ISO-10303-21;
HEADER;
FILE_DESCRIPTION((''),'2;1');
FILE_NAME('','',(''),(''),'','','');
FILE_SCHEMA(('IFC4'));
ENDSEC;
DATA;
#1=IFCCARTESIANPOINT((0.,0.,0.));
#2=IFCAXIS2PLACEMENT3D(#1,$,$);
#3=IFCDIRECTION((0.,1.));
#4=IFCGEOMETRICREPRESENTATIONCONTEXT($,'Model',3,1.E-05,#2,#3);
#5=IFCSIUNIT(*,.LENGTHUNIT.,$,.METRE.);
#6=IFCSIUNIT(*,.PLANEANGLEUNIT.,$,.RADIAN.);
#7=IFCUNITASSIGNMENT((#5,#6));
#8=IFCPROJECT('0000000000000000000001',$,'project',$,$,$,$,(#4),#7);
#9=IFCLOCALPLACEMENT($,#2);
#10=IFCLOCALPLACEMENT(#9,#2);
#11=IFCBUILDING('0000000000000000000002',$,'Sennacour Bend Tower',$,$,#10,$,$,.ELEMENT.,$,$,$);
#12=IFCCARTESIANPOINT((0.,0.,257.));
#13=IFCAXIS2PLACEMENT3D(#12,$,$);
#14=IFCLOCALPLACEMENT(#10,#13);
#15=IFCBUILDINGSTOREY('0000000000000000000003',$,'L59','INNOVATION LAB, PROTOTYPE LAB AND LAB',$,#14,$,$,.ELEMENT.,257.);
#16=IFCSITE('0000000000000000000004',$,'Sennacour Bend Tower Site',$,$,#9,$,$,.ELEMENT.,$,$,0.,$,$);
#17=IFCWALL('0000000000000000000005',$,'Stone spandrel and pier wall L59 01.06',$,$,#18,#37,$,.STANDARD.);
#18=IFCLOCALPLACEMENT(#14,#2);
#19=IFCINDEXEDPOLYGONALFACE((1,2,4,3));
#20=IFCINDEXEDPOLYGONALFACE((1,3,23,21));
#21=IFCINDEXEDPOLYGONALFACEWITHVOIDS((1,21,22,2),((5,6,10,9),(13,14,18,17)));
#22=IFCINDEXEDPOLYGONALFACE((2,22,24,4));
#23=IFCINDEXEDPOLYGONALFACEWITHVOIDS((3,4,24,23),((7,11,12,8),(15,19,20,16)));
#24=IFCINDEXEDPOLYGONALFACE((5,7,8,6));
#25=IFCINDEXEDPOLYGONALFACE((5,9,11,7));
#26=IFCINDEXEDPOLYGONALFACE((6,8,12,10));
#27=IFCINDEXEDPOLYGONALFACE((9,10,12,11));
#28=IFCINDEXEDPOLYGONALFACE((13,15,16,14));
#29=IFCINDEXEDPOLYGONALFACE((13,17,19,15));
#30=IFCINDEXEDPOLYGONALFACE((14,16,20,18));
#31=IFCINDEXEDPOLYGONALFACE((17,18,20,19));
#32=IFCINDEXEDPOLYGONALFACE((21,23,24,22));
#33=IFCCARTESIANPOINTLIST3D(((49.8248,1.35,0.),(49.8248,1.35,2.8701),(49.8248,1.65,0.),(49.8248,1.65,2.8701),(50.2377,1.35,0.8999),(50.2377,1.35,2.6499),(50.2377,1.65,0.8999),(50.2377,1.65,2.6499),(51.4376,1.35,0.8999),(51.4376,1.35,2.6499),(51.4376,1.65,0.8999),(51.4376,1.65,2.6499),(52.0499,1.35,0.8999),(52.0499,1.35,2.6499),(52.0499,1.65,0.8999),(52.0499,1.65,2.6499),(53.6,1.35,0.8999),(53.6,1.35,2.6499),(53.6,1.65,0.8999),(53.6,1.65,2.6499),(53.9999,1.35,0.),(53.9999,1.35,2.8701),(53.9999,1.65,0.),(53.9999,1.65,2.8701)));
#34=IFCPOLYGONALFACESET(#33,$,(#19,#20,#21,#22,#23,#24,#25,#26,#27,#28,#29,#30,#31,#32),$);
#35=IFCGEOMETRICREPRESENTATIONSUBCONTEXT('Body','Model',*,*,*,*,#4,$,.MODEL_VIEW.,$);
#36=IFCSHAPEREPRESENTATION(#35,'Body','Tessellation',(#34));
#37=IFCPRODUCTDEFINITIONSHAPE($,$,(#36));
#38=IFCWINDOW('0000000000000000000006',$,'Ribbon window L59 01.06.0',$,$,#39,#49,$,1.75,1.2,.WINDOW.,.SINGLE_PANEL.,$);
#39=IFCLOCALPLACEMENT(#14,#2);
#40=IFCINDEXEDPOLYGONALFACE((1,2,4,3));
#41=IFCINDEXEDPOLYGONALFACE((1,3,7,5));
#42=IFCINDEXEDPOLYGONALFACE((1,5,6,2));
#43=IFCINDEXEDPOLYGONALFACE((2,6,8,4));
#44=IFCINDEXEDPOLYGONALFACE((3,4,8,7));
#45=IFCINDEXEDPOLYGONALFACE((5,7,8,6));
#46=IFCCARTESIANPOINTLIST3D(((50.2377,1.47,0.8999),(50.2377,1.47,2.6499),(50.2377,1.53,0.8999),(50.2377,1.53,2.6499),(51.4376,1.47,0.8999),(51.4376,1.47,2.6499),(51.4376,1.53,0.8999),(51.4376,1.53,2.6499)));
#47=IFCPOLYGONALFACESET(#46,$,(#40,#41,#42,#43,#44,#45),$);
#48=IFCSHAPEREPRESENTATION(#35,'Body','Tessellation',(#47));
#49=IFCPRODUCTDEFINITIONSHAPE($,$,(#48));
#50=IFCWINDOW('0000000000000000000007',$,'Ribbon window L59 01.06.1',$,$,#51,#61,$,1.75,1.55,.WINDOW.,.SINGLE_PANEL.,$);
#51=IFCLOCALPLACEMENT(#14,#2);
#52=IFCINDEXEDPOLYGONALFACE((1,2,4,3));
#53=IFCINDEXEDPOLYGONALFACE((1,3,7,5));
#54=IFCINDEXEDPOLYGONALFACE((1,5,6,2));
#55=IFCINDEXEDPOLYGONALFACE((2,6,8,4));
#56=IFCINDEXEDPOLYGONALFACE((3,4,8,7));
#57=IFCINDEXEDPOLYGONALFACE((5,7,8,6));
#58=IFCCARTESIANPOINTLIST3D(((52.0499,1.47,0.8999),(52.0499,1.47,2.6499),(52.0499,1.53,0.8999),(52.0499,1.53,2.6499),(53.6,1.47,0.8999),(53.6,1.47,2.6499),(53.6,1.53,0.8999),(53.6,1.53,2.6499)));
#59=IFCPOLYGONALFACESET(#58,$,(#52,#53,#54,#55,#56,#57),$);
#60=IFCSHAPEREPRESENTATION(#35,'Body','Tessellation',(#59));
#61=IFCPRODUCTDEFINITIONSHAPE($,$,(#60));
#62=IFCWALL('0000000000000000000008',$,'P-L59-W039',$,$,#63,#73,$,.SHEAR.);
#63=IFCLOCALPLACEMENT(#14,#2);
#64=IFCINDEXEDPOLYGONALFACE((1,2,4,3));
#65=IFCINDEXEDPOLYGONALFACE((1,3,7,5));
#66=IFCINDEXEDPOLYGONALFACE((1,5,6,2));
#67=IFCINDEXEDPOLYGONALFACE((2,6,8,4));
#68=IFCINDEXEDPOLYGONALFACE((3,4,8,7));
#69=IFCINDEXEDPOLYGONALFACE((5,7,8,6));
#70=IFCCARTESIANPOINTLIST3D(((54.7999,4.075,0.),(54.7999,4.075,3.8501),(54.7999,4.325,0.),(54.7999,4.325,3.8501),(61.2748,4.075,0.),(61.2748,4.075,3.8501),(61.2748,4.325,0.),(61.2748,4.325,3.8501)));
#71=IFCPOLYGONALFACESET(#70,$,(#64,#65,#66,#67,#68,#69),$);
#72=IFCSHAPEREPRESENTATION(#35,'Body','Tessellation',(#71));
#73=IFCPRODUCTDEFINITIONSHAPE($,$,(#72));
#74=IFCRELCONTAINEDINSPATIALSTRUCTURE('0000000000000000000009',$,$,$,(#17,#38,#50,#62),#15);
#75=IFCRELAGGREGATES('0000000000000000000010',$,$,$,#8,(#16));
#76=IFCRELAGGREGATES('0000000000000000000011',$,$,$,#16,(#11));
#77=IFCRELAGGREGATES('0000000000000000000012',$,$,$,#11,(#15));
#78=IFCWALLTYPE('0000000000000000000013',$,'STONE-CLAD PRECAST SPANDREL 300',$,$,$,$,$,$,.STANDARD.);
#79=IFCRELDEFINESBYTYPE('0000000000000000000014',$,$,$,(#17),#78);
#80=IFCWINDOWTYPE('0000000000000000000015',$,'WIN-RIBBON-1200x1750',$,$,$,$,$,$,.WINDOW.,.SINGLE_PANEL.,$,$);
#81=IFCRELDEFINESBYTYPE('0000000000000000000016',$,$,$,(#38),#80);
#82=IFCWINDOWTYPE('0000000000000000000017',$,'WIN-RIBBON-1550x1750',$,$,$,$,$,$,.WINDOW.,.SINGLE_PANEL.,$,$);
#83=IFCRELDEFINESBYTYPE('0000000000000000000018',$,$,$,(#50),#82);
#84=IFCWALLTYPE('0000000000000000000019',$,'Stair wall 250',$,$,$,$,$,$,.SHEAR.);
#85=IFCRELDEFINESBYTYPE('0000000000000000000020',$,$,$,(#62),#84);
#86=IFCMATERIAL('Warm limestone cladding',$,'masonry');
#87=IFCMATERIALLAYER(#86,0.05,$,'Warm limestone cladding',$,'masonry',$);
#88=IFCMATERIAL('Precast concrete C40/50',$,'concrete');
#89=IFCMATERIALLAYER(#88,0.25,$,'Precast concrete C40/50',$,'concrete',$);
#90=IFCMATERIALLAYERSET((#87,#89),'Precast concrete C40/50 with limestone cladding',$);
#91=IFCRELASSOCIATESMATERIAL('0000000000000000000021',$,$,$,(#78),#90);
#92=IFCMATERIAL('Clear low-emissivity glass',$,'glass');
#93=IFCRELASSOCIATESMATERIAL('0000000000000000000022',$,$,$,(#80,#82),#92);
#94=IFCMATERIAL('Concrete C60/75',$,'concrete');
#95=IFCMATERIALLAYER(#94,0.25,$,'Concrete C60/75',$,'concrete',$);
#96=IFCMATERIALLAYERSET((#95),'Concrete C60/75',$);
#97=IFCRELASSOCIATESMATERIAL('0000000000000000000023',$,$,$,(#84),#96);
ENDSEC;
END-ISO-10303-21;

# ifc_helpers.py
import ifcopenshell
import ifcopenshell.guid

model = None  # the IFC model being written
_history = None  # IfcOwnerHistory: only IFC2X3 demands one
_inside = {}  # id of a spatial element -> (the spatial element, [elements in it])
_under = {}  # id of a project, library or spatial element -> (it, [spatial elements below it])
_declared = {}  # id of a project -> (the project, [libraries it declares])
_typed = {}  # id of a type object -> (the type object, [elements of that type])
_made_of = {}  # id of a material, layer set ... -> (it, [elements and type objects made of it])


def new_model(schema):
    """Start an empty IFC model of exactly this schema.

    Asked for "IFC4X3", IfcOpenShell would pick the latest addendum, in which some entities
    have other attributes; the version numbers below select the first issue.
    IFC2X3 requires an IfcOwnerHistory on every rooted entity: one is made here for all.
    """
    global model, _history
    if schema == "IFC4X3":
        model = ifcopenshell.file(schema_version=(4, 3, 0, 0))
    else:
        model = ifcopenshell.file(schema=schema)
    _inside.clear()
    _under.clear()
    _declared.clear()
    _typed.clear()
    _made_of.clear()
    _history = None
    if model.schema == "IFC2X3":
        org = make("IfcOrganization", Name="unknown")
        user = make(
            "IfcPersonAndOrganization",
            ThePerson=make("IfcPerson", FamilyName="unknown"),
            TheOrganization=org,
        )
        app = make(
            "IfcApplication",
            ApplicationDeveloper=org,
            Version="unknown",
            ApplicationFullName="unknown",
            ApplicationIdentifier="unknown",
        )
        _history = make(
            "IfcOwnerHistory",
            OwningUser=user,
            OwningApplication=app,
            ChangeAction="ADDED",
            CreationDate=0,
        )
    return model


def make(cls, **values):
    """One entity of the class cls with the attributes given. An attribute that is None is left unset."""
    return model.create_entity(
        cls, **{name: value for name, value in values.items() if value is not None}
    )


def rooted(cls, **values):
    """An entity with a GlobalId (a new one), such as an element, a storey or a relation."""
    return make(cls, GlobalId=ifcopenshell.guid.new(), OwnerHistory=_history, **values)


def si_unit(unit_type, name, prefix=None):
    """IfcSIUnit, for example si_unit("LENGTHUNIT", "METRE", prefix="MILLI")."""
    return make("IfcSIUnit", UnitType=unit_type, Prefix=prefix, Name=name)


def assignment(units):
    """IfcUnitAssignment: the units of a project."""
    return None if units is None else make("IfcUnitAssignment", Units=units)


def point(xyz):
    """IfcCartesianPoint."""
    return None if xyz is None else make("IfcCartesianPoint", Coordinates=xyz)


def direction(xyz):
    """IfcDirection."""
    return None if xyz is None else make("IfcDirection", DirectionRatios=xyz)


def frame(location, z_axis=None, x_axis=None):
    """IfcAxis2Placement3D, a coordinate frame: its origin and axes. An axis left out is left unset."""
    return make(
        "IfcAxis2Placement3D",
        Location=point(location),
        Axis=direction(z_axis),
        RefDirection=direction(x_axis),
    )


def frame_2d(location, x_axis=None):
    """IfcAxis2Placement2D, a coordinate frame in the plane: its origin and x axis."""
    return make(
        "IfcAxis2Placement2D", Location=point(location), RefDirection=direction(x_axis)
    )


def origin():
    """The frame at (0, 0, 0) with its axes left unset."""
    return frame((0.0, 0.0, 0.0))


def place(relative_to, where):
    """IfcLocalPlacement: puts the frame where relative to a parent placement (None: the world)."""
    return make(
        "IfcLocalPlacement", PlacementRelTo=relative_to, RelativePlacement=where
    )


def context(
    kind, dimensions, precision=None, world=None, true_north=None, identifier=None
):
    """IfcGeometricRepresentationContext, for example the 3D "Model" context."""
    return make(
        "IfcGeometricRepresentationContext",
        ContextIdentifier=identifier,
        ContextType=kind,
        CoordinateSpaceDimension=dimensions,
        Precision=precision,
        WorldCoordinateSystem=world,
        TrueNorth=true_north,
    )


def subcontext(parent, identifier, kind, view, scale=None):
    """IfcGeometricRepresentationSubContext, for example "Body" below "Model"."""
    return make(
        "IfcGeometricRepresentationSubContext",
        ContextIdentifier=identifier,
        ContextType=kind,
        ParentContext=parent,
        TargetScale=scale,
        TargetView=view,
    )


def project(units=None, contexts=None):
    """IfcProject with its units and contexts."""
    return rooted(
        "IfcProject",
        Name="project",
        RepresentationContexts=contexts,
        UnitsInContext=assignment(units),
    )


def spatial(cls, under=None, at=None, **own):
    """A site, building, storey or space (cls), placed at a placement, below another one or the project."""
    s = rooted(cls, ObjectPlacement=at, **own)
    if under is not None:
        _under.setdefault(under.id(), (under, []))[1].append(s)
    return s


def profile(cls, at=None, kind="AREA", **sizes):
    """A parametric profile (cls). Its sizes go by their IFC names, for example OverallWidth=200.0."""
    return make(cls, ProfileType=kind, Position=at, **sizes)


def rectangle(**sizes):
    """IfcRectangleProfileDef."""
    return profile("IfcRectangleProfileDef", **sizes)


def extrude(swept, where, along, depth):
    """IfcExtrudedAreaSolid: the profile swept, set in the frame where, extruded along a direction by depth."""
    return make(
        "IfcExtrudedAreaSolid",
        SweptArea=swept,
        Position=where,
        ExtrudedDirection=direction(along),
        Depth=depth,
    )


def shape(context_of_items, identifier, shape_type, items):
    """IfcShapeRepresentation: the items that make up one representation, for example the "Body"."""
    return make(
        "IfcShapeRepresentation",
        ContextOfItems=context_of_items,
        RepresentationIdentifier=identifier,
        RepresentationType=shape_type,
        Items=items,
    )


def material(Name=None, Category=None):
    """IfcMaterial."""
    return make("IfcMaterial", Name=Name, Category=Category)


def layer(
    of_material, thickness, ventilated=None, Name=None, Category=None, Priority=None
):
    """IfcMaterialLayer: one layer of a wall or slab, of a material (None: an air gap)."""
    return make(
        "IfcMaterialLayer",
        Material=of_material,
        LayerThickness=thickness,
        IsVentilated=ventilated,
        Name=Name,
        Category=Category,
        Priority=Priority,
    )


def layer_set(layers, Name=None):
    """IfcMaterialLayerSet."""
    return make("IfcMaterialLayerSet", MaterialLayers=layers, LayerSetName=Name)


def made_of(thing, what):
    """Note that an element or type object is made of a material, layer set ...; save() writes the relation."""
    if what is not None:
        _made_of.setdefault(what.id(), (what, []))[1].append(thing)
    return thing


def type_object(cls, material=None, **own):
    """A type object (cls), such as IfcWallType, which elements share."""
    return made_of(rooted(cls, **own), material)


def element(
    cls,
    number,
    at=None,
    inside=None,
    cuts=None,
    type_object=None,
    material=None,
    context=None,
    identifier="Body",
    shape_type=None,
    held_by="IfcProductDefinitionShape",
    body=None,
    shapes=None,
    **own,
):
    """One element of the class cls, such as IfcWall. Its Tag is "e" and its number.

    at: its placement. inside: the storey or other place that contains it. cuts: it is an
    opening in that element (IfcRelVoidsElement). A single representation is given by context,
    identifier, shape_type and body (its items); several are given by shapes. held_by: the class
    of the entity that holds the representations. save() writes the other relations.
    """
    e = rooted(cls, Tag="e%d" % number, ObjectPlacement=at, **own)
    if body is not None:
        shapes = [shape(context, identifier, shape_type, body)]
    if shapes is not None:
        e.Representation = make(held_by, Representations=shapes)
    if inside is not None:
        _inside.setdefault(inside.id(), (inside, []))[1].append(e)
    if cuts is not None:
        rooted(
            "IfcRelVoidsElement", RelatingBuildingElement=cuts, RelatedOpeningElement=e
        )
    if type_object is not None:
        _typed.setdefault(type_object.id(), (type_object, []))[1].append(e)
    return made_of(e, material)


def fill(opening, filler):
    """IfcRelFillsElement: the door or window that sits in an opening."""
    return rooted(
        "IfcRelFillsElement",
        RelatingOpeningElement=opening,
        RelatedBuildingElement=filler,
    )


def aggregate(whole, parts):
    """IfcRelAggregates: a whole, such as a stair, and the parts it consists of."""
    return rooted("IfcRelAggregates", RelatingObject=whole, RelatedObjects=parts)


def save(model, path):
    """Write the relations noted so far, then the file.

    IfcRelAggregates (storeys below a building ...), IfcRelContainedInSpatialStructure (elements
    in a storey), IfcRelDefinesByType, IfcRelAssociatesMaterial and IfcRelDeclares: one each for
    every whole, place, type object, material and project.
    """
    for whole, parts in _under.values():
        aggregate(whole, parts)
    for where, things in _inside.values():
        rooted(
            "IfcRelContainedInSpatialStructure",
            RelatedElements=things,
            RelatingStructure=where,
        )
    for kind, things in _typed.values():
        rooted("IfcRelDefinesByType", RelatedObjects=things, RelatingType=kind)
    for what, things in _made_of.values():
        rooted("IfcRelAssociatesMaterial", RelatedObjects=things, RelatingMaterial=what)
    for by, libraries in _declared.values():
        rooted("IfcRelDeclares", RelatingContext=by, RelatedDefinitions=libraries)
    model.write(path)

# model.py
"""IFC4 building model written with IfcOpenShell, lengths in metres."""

from ifc_helpers import new_model, si_unit, direction, frame, frame_2d, origin, place, context, subcontext, project, spatial, rectangle, extrude, material, layer, layer_set, type_object, element, fill, save


model = new_model("IFC4")

# Units and contexts
model_context = context("Model", 3, precision=1e-05, world=origin(), true_north=direction((0.0, 1.0)))
body_context = subcontext(model_context, "Body", "Model", "MODEL_VIEW")
ifc_project = project(units=[si_unit("LENGTHUNIT", "METRE"), si_unit("PLANEANGLEUNIT", "RADIAN")], contexts=[model_context])

# Site, building, storey
site_placement = place(None, origin())
site = spatial("IfcSite", under=ifc_project, at=site_placement, Name="Sennacour Bend Tower Site", CompositionType="ELEMENT", RefElevation=0.0)
building_placement = place(site_placement, origin())
building = spatial("IfcBuilding", under=site, at=building_placement, Name="Sennacour Bend Tower", CompositionType="ELEMENT")
storey_placement = place(building_placement, frame((0.0, 0.0, 257.0)))
storey = spatial("IfcBuildingStorey", under=building, at=storey_placement, Name="L59", Description="INNOVATION LAB, PROTOTYPE LAB AND LAB", CompositionType="ELEMENT", Elevation=257.0)

# Wall, openings, windows
ifc_material_1 = material(Name="Warm limestone cladding", Category="masonry")
ifc_layer_1 = layer(ifc_material_1, 0.05, Name="Warm limestone cladding", Category="masonry")
ifc_material_2 = material(Name="Precast concrete C40/50", Category="concrete")
ifc_layer_2 = layer(ifc_material_2, 0.25, Name="Precast concrete C40/50", Category="concrete")
ifc_layer_set_1 = layer_set([ifc_layer_1, ifc_layer_2], Name="Precast concrete C40/50 with limestone cladding")
wall_type_1 = type_object("IfcWallType", Name="STONE-CLAD PRECAST SPANDREL 300", PredefinedType="STANDARD", material=ifc_layer_set_1)
ifc_material_3 = material(Name="Clear low-emissivity glass", Category="glass")
window_type_1 = type_object("IfcWindowType", Name="WIN-RIBBON-1200x1750", PartitioningType="SINGLE_PANEL", PredefinedType="WINDOW", material=ifc_material_3)
wall_1_placement = place(storey_placement, frame((49.825, 1.5, 0.0), z_axis=(0.0, 0.0, 1.0), x_axis=(1.0, 0.0, 0.0)))
wall_1 = element("IfcWall", 1, at=wall_1_placement, inside=storey, type_object=wall_type_1, Name="Stone spandrel and pier wall L59 01.06", PredefinedType="STANDARD", context=body_context, shape_type="SweptSolid", body=[
    extrude(rectangle(XDim=4.175, YDim=0.3, at=frame_2d((2.0874, 0.0))), origin(), (0.0, 0.0, 1.0), 2.8701),
])
opening_1_placement = place(wall_1_placement, frame((0.4126, 0.0, 0.8999)))
opening_1 = element("IfcOpeningElement", 2, at=opening_1_placement, cuts=wall_1, PredefinedType="OPENING", context=body_context, shape_type="SweptSolid", body=[
    extrude(rectangle(XDim=1.2, YDim=1.75, at=frame_2d((0.6001, 0.875))), frame((0.0, 0.1602, 0.0), z_axis=(0.0, -1.0, 0.0), x_axis=(1.0, 0.0, 0.0)), (0.0, 0.0, 1.0), 0.3201),
])
opening_2_placement = place(wall_1_placement, frame((2.2251, 0.0, 0.8999)))
opening_2 = element("IfcOpeningElement", 3, at=opening_2_placement, cuts=wall_1, PredefinedType="OPENING", context=body_context, shape_type="SweptSolid", body=[
    extrude(rectangle(XDim=1.55, YDim=1.75, at=frame_2d((0.7749, 0.875))), frame((0.0, 0.1602, 0.0), z_axis=(0.0, -1.0, 0.0), x_axis=(1.0, 0.0, 0.0)), (0.0, 0.0, 1.0), 0.3201),
])
window_1_placement = place(opening_1_placement, origin())
window_1 = element("IfcWindow", 4, at=window_1_placement, inside=storey, type_object=window_type_1, Name="Ribbon window L59 01.06.0", OverallHeight=1.75, OverallWidth=1.2, PartitioningType="SINGLE_PANEL", PredefinedType="WINDOW", context=body_context, shape_type="SweptSolid", body=[
    extrude(rectangle(XDim=1.2, YDim=1.75, at=frame_2d((0.6001, 0.875))), frame((0.0, 0.03, 0.0), z_axis=(0.0, -1.0, 0.0), x_axis=(1.0, 0.0, 0.0)), (0.0, 0.0, 1.0), 0.0601),
])
fill(opening_1, window_1)
window_type_2 = type_object("IfcWindowType", Name="WIN-RIBBON-1550x1750", PartitioningType="SINGLE_PANEL", PredefinedType="WINDOW", material=ifc_material_3)
window_2_placement = place(opening_2_placement, origin())
window_2 = element("IfcWindow", 5, at=window_2_placement, inside=storey, type_object=window_type_2, Name="Ribbon window L59 01.06.1", OverallHeight=1.75, OverallWidth=1.55, PartitioningType="SINGLE_PANEL", PredefinedType="WINDOW", context=body_context, shape_type="SweptSolid", body=[
    extrude(rectangle(XDim=1.55, YDim=1.75, at=frame_2d((0.7749, 0.875))), frame((0.0, 0.03, 0.0), z_axis=(0.0, -1.0, 0.0), x_axis=(1.0, 0.0, 0.0)), (0.0, 0.0, 1.0), 0.0601),
])
fill(opening_2, window_2)

# Wall
ifc_material_4 = material(Name="Concrete C60/75", Category="concrete")
ifc_layer_3 = layer(ifc_material_4, 0.25, Name="Concrete C60/75", Category="concrete")
ifc_layer_set_2 = layer_set([ifc_layer_3], Name="Concrete C60/75")
wall_type_2 = type_object("IfcWallType", Name="Stair wall 250", PredefinedType="SHEAR", material=ifc_layer_set_2)
wall_2_placement = place(storey_placement, frame((54.8, 4.2, 0.0), z_axis=(0.0, 0.0, 1.0), x_axis=(1.0, 0.0, 0.0)))
element("IfcWall", 6, at=wall_2_placement, inside=storey, type_object=wall_type_2, Name="P-L59-W039", PredefinedType="SHEAR", context=body_context, shape_type="SweptSolid", body=[
    extrude(rectangle(XDim=6.4749, YDim=0.25, at=frame_2d((3.2373, 0.0))), origin(), (0.0, 0.0, 1.0), 3.8501),
])

save(model, "model.ifc")
